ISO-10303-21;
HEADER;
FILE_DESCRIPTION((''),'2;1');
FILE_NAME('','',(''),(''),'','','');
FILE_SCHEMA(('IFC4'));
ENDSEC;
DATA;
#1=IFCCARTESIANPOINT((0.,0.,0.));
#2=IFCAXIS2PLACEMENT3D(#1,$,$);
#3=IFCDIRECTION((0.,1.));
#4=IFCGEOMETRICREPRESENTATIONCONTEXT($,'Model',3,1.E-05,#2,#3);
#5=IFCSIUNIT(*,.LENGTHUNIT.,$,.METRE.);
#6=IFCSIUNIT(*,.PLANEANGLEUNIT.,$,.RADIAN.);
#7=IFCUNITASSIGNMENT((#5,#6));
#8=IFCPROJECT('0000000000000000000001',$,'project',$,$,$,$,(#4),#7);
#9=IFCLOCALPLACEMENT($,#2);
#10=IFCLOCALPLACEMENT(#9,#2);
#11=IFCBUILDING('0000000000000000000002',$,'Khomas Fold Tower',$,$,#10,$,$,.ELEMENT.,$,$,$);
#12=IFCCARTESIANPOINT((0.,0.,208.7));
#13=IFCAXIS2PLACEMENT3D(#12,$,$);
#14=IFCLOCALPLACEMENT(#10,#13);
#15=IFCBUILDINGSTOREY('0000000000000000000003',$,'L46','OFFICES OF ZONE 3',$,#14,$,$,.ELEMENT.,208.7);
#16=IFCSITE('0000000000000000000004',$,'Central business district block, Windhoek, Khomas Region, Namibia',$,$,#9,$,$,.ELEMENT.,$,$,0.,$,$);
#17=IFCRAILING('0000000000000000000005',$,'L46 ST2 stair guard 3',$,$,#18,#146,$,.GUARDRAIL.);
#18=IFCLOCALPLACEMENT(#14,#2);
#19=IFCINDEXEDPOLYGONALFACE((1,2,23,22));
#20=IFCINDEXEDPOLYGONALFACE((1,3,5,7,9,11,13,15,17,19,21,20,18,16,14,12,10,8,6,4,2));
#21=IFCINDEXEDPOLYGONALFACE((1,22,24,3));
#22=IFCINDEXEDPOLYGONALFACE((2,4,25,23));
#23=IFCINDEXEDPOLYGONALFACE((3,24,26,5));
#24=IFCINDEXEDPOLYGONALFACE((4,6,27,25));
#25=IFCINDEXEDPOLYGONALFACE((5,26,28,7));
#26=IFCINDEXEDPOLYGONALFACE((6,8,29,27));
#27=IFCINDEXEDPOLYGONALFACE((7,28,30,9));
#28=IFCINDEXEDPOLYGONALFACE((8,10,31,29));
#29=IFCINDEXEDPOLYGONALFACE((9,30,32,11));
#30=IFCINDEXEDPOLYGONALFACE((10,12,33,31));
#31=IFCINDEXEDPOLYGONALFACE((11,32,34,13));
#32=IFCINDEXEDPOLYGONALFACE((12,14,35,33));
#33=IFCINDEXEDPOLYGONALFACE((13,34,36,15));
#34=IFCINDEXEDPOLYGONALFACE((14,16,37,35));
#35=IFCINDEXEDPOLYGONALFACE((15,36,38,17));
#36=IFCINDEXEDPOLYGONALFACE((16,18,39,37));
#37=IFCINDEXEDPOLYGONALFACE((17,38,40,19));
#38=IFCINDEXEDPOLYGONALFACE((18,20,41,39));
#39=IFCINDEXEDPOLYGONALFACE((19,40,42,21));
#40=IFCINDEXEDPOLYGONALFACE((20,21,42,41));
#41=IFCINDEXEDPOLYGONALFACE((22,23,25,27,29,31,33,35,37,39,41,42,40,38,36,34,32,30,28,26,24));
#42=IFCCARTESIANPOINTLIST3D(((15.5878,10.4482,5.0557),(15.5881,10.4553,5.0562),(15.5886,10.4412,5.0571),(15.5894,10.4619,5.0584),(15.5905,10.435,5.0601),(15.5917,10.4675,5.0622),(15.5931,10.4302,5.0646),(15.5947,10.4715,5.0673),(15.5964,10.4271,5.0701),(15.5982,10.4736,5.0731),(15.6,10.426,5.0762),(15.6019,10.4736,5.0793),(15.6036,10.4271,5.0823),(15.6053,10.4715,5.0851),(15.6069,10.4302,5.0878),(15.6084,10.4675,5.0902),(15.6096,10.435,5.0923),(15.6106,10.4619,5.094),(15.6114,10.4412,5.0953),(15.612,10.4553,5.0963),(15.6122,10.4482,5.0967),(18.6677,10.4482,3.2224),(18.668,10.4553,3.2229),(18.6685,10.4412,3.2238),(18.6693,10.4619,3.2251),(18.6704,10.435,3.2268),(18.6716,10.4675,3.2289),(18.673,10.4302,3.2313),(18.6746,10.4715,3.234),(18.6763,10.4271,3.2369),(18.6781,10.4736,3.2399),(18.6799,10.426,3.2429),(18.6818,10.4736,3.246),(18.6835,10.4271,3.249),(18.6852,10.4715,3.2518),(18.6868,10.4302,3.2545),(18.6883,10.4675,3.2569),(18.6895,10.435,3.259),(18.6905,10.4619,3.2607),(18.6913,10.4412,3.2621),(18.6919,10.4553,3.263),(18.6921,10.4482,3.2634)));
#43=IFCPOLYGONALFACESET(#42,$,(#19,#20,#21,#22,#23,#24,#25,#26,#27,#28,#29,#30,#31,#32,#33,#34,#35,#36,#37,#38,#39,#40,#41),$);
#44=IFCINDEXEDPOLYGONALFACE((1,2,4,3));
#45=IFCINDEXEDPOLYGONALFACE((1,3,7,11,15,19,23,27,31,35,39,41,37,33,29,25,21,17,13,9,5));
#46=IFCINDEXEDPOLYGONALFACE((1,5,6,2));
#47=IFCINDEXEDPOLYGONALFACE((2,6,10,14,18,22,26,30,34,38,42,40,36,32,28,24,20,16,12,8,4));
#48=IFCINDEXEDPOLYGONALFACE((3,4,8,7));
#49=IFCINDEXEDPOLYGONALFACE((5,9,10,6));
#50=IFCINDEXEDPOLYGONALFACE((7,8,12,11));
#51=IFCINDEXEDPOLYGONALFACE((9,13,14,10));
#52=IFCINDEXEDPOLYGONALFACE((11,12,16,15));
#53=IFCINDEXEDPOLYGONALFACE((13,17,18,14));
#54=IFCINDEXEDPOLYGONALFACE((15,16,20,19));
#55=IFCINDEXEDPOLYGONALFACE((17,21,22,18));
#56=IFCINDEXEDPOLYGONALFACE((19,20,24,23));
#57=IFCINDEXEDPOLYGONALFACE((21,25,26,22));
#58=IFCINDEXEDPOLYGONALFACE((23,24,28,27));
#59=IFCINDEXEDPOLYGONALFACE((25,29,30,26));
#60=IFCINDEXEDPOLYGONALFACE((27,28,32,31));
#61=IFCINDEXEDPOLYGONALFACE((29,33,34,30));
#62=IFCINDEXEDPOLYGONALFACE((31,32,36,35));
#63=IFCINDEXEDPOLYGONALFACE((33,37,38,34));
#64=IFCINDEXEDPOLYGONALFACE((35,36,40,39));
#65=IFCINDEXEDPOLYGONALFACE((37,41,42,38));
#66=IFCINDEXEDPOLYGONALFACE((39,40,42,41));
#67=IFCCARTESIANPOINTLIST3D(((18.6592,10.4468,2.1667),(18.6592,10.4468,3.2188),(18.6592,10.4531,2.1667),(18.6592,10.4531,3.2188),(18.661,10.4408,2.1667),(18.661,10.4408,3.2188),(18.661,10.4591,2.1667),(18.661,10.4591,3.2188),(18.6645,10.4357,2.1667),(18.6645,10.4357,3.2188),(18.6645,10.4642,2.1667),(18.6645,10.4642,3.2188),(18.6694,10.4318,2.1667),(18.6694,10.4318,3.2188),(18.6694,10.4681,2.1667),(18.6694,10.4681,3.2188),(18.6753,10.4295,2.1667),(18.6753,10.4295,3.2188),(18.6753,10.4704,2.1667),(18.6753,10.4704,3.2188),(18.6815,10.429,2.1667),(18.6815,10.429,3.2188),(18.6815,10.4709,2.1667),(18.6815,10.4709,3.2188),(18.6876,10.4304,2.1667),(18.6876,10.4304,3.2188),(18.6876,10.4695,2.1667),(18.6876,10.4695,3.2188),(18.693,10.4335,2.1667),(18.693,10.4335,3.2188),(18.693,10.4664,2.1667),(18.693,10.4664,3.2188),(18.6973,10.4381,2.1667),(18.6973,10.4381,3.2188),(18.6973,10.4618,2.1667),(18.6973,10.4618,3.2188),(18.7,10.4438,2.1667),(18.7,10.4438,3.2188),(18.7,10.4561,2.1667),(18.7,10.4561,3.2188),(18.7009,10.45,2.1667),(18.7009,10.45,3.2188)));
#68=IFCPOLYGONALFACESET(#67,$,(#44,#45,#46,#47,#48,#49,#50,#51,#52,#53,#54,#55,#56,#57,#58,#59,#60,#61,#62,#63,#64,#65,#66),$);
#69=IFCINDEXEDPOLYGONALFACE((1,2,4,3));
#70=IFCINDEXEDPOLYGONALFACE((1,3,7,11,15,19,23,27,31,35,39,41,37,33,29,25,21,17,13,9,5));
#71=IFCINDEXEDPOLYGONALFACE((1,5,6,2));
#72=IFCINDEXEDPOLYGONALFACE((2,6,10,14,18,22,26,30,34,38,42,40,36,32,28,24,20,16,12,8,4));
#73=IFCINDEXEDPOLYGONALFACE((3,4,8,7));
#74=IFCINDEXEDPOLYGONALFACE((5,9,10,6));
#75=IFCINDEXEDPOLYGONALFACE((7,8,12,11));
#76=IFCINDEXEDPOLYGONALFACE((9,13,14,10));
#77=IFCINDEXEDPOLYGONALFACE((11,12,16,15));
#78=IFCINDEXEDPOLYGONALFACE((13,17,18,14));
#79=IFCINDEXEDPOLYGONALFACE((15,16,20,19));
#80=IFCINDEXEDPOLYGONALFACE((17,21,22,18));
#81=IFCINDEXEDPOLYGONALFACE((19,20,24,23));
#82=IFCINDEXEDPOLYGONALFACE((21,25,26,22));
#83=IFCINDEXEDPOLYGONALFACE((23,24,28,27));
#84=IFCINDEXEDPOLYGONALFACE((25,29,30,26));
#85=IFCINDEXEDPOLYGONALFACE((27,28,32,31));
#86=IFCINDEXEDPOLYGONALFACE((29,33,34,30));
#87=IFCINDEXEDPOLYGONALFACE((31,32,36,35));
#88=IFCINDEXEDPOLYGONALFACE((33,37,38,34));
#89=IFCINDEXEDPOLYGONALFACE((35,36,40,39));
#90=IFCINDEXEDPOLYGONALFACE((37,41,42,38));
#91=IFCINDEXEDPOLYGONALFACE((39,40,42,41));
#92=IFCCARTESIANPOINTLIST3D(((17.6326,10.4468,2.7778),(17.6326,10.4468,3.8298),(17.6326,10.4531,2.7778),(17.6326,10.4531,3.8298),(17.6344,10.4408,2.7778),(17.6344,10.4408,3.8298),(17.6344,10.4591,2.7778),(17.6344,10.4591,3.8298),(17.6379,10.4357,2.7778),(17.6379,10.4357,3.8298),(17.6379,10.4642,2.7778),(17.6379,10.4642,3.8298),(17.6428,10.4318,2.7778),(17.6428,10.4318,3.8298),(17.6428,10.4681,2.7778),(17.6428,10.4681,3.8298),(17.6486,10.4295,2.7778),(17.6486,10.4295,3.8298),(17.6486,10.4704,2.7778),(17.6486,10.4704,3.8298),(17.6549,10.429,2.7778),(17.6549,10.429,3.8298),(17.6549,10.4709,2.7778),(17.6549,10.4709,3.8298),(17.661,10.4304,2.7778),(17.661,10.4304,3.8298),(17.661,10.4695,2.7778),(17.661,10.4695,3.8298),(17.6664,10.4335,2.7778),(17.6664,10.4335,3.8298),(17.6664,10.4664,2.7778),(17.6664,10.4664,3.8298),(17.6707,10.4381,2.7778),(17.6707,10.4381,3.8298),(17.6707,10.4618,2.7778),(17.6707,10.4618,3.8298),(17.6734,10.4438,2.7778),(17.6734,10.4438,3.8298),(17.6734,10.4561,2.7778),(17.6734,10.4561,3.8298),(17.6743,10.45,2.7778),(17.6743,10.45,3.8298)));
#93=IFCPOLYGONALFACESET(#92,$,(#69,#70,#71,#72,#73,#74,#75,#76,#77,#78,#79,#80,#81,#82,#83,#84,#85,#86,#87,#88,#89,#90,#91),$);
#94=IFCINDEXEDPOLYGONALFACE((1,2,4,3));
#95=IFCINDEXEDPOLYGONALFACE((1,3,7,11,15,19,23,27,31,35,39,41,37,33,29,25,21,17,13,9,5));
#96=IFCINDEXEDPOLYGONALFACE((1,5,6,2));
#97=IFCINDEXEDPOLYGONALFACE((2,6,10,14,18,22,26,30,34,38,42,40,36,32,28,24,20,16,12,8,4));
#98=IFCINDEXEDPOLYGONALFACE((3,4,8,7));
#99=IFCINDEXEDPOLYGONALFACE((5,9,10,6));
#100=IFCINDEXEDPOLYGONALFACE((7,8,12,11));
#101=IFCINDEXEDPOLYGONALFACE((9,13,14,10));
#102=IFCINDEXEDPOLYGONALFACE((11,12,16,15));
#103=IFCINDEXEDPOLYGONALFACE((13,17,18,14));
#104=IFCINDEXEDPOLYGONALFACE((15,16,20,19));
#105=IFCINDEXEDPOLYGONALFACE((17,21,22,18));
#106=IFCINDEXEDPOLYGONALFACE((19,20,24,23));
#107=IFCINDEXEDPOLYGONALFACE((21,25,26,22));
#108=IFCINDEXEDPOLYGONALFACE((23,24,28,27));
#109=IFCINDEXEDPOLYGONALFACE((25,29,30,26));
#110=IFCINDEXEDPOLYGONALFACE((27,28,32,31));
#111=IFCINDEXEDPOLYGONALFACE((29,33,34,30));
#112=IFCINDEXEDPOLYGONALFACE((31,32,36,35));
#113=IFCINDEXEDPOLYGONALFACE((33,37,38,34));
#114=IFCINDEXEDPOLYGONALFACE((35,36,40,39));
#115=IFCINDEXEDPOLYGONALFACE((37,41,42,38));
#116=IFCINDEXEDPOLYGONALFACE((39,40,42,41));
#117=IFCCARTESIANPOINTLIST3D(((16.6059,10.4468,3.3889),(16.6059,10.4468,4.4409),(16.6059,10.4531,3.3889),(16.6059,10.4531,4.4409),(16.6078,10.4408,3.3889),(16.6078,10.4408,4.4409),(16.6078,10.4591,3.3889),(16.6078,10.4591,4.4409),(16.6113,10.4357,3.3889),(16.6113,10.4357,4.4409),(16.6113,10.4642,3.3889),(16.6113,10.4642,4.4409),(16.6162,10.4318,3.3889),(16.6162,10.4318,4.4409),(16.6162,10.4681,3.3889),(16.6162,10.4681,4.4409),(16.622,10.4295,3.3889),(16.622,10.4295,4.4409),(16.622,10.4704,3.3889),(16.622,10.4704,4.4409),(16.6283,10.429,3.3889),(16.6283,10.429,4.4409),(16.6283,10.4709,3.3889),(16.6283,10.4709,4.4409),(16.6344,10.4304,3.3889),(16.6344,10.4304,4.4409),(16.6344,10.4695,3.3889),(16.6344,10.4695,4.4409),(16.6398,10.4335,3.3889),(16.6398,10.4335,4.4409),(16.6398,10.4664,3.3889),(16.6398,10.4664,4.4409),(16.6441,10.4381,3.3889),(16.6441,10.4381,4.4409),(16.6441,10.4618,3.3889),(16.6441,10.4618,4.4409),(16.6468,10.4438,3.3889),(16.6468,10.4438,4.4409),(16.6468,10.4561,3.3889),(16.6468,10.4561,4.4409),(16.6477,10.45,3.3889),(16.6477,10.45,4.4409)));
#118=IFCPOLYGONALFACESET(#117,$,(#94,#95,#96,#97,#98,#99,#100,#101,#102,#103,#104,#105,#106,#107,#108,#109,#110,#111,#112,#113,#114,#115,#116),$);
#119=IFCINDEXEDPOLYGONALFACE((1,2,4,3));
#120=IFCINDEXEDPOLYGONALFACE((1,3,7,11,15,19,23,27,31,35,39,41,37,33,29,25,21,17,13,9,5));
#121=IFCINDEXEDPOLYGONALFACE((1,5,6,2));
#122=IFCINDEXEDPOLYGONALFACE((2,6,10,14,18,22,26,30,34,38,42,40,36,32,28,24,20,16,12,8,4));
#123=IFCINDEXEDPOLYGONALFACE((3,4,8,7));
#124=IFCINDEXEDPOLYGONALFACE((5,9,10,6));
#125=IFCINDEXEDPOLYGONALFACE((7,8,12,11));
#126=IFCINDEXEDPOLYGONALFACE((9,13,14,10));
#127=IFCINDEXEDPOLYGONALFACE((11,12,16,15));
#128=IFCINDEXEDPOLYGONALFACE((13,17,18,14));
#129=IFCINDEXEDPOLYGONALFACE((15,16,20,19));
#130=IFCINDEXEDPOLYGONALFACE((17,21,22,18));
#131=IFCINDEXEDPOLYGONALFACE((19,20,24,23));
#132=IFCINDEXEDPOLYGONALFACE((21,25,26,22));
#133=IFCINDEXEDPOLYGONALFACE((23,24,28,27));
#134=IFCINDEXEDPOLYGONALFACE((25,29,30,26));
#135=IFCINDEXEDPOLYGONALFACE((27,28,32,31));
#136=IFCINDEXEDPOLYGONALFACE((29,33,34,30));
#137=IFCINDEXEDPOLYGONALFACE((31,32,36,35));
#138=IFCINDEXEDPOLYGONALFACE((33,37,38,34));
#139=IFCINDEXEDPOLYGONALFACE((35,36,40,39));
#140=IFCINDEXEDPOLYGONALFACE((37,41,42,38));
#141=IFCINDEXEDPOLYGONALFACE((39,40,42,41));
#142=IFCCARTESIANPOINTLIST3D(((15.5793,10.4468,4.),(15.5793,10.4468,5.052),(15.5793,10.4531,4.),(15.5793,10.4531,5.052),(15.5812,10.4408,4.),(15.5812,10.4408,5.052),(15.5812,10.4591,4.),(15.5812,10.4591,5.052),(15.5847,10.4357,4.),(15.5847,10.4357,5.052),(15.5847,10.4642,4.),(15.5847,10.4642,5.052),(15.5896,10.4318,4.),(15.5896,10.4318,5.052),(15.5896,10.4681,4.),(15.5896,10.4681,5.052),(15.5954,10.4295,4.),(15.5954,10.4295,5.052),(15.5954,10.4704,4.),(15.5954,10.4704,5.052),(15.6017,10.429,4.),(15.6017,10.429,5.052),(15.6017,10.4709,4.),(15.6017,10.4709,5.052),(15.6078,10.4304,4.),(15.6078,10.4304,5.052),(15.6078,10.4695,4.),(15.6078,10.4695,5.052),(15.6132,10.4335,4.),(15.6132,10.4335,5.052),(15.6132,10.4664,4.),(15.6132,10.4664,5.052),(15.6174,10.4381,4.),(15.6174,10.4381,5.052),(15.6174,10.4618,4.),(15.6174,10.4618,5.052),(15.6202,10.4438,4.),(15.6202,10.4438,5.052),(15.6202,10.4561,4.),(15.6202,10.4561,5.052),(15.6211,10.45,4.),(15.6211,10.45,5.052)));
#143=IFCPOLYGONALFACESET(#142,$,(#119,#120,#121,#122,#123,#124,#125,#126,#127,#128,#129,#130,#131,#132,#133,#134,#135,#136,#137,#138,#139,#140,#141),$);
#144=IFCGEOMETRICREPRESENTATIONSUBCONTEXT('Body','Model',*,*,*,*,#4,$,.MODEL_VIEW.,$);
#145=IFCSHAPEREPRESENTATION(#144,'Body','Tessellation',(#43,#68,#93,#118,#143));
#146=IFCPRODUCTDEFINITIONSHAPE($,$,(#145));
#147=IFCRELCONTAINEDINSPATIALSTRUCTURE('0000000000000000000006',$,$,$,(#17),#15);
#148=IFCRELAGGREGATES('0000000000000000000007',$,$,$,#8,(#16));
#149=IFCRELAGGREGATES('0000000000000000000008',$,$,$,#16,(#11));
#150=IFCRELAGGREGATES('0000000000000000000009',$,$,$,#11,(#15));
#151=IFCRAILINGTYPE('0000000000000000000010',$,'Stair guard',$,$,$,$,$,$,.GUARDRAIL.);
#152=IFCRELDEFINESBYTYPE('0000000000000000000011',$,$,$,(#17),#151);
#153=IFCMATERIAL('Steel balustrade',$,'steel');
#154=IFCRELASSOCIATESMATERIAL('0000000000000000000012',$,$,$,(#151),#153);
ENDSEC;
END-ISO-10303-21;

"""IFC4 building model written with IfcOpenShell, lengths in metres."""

from ifc_helpers import new_model, si_unit, direction, frame, origin, origin_2d, place, context, subcontext, project, spatial, circle, extrude, source, transform, mapped, material, type_object, element, save


model = new_model("IFC4")

# Units and contexts
model_context = context("Model", 3, precision=1e-05, world=origin(), true_north=direction((0.0, 1.0)))
body_context = subcontext(model_context, "Body", "Model", "MODEL_VIEW")
ifc_project = project(units=[si_unit("LENGTHUNIT", "METRE"), si_unit("PLANEANGLEUNIT", "RADIAN")], contexts=[model_context])

# Site, building, storey
site_placement = place(None, origin())
site = spatial("IfcSite", under=ifc_project, at=site_placement, Name="Central business district block, Windhoek, Khomas Region, Namibia", CompositionType="ELEMENT", RefElevation=0.0)
building_placement = place(site_placement, origin())
building = spatial("IfcBuilding", under=site, at=building_placement, Name="Khomas Fold Tower", CompositionType="ELEMENT")
storey_placement = place(building_placement, frame((0.0, 0.0, 208.7)))
storey = spatial("IfcBuildingStorey", under=building, at=storey_placement, Name="L46", Description="OFFICES OF ZONE 3", CompositionType="ELEMENT", Elevation=208.7)

# Railing
ifc_material_1 = material(Name="Steel balustrade", Category="steel")
railing_type_1 = type_object("IfcRailingType", Name="Stair guard", PredefinedType="GUARDRAIL", material=ifc_material_1)
shared_shape_1 = source(origin(), body_context, "Body", "SweptSolid", [
    extrude(circle(Radius=0.0239, at=origin_2d()), frame((0.0, 0.0, 1.0762), z_axis=(-0.859291, 0.0, 0.511487), x_axis=(0.0, -1.0, 0.0)), (0.0, 0.0, 1.0), 3.5842),
    extrude(circle(Radius=0.021, at=origin_2d()), origin(), (0.0, 0.0, 1.0), 1.052),
    extrude(circle(Radius=0.021, at=origin_2d()), frame((-1.0266, 0.0, 0.6111)), (0.0, 0.0, 1.0), 1.052),
    extrude(circle(Radius=0.021, at=origin_2d()), frame((-2.0532, 0.0, 1.2222)), (0.0, 0.0, 1.0), 1.052),
    extrude(circle(Radius=0.021, at=origin_2d()), frame((-3.0798, 0.0, 1.8333)), (0.0, 0.0, 1.0), 1.052),
])
railing_1_placement = place(storey_placement, frame((18.6799, 10.45, 2.1667)))
element("IfcRailing", 1, at=railing_1_placement, inside=storey, type_object=railing_type_1, Name="L46 ST2 stair guard 3", PredefinedType="GUARDRAIL", context=body_context, shape_type="MappedRepresentation", body=[
    mapped(shared_shape_1, transform((0.0, 0.0, 0.0))),
])

save(model, "model.ifc")
